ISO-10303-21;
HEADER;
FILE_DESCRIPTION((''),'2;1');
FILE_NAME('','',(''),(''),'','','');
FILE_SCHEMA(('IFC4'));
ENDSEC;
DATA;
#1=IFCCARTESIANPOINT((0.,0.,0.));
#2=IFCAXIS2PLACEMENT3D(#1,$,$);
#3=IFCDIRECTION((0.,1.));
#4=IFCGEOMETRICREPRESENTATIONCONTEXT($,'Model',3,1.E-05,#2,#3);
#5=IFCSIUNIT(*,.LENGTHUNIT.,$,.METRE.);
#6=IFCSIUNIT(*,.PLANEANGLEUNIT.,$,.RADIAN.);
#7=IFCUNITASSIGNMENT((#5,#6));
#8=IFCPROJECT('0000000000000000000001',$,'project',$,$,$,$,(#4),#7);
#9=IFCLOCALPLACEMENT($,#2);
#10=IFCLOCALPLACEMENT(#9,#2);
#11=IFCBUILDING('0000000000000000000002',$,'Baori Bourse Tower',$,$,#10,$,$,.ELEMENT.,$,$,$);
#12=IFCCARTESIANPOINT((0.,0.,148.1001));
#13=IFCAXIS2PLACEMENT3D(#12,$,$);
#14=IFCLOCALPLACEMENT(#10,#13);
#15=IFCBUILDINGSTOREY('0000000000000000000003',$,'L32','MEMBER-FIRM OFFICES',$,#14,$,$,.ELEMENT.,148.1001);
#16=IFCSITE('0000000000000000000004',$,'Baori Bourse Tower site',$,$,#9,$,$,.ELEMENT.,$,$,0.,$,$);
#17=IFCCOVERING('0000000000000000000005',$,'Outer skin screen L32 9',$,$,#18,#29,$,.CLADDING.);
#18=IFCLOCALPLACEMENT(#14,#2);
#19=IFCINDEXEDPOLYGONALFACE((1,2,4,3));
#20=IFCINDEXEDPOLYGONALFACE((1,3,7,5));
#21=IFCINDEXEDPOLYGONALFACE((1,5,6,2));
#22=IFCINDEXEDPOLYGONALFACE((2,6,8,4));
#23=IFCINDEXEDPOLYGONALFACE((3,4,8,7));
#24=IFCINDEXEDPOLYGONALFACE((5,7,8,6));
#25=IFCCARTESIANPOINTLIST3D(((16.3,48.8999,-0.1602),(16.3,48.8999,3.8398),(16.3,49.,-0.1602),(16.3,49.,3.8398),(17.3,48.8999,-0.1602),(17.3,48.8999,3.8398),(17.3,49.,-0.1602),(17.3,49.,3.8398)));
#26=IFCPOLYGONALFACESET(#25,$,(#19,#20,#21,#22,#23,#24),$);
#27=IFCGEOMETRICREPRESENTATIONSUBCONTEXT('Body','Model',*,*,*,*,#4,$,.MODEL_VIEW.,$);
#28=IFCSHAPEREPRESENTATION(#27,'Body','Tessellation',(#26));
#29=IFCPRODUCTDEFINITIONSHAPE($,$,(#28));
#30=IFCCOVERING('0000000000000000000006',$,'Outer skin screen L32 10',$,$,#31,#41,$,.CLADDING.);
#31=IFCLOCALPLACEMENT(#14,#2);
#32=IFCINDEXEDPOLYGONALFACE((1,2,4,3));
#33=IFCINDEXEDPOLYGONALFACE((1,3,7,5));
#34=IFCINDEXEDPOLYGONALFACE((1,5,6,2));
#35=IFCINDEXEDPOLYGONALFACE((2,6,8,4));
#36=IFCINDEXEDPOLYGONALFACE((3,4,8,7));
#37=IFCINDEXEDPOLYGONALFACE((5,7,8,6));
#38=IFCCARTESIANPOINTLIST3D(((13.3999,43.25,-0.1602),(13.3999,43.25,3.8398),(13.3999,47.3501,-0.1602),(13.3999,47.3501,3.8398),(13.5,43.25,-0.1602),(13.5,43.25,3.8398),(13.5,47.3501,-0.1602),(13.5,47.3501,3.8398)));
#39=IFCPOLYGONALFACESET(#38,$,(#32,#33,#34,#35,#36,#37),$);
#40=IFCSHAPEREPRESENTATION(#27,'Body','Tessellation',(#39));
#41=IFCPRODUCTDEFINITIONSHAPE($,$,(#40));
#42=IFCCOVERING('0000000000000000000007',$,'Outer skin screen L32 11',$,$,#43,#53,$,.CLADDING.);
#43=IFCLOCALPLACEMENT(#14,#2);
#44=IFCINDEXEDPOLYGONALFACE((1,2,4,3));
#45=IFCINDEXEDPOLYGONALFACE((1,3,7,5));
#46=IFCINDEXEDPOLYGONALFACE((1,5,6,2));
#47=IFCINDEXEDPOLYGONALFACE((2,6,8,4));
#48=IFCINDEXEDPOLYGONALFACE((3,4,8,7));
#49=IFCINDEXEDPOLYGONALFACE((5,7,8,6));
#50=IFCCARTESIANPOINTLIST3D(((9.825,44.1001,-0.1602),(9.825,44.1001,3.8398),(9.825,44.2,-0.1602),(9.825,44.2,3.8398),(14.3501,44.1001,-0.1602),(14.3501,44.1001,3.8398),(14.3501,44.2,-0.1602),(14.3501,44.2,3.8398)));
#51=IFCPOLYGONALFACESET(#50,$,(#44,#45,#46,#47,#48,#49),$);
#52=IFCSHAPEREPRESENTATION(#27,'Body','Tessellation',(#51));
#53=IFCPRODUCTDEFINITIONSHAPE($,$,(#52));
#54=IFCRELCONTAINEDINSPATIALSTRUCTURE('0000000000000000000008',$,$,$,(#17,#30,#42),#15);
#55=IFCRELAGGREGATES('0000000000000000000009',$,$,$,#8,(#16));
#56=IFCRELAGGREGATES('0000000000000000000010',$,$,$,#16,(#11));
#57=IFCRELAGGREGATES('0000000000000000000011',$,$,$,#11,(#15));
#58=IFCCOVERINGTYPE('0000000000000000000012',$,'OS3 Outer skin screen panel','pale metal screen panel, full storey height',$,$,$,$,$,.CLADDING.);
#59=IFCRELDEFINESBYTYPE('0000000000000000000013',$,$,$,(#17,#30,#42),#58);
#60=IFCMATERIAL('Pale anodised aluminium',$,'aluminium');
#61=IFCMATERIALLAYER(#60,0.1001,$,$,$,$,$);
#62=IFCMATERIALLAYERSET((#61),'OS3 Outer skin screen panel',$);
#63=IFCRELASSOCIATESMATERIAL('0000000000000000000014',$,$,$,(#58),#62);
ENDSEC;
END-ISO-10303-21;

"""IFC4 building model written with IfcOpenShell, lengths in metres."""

from ifc_helpers import new_model, si_unit, direction, frame, origin, place, context, subcontext, project, spatial, polyline, outline, extrude, material, layer, layer_set, type_object, element, save


model = new_model("IFC4")

# Units and contexts
model_context = context("Model", 3, precision=1e-05, world=origin(), true_north=direction((0.0, 1.0)))
body_context = subcontext(model_context, "Body", "Model", "MODEL_VIEW")
ifc_project = project(units=[si_unit("LENGTHUNIT", "METRE"), si_unit("PLANEANGLEUNIT", "RADIAN")], contexts=[model_context])

# Site, building, storey
site_placement = place(None, origin())
site = spatial("IfcSite", under=ifc_project, at=site_placement, Name="Baori Bourse Tower site", CompositionType="ELEMENT", RefElevation=0.0)
building_placement = place(site_placement, origin())
building = spatial("IfcBuilding", under=site, at=building_placement, Name="Baori Bourse Tower", CompositionType="ELEMENT")
storey_placement = place(building_placement, frame((0.0, 0.0, 148.1001)))
storey = spatial("IfcBuildingStorey", under=building, at=storey_placement, Name="L32", Description="MEMBER-FIRM OFFICES", CompositionType="ELEMENT", Elevation=148.1001)

# Coverings
ifc_material_1 = material(Name="Pale anodised aluminium", Category="aluminium")
ifc_layer_1 = layer(ifc_material_1, 0.1001)
ifc_layer_set_1 = layer_set([ifc_layer_1], Name="OS3 Outer skin screen panel")
covering_type = type_object("IfcCoveringType", Name="OS3 Outer skin screen panel", Description="pale metal screen panel, full storey height", PredefinedType="CLADDING", material=ifc_layer_set_1)
covering_1_placement = place(storey_placement, frame((0.0, 0.0, -0.1602)))
element("IfcCovering", 1, at=covering_1_placement, inside=storey, type_object=covering_type, Name="Outer skin screen L32 9", PredefinedType="CLADDING", context=body_context, shape_type="SweptSolid", body=[
    extrude(outline(polyline([(16.3, 48.8999), (17.3, 48.8999), (17.3, 49.0), (16.3, 49.0), (16.3, 48.8999)])), origin(), (0.0, 0.0, 1.0), 4.0),
])
covering_2_placement = place(storey_placement, frame((0.0, 0.0, -0.1602)))
element("IfcCovering", 2, at=covering_2_placement, inside=storey, type_object=covering_type, Name="Outer skin screen L32 10", PredefinedType="CLADDING", context=body_context, shape_type="SweptSolid", body=[
    extrude(outline(polyline([(13.5, 43.25), (13.5, 47.3501), (13.3999, 47.3501), (13.3999, 43.25), (13.5, 43.25)])), origin(), (0.0, 0.0, 1.0), 4.0),
])
covering_3_placement = place(storey_placement, frame((0.0, 0.0, -0.1602)))
element("IfcCovering", 3, at=covering_3_placement, inside=storey, type_object=covering_type, Name="Outer skin screen L32 11", PredefinedType="CLADDING", context=body_context, shape_type="SweptSolid", body=[
    extrude(outline(polyline([(9.825, 44.1001), (14.3501, 44.1001), (14.3501, 44.2), (9.825, 44.2), (9.825, 44.1001)])), origin(), (0.0, 0.0, 1.0), 4.0),
])

save(model, "model.ifc")
